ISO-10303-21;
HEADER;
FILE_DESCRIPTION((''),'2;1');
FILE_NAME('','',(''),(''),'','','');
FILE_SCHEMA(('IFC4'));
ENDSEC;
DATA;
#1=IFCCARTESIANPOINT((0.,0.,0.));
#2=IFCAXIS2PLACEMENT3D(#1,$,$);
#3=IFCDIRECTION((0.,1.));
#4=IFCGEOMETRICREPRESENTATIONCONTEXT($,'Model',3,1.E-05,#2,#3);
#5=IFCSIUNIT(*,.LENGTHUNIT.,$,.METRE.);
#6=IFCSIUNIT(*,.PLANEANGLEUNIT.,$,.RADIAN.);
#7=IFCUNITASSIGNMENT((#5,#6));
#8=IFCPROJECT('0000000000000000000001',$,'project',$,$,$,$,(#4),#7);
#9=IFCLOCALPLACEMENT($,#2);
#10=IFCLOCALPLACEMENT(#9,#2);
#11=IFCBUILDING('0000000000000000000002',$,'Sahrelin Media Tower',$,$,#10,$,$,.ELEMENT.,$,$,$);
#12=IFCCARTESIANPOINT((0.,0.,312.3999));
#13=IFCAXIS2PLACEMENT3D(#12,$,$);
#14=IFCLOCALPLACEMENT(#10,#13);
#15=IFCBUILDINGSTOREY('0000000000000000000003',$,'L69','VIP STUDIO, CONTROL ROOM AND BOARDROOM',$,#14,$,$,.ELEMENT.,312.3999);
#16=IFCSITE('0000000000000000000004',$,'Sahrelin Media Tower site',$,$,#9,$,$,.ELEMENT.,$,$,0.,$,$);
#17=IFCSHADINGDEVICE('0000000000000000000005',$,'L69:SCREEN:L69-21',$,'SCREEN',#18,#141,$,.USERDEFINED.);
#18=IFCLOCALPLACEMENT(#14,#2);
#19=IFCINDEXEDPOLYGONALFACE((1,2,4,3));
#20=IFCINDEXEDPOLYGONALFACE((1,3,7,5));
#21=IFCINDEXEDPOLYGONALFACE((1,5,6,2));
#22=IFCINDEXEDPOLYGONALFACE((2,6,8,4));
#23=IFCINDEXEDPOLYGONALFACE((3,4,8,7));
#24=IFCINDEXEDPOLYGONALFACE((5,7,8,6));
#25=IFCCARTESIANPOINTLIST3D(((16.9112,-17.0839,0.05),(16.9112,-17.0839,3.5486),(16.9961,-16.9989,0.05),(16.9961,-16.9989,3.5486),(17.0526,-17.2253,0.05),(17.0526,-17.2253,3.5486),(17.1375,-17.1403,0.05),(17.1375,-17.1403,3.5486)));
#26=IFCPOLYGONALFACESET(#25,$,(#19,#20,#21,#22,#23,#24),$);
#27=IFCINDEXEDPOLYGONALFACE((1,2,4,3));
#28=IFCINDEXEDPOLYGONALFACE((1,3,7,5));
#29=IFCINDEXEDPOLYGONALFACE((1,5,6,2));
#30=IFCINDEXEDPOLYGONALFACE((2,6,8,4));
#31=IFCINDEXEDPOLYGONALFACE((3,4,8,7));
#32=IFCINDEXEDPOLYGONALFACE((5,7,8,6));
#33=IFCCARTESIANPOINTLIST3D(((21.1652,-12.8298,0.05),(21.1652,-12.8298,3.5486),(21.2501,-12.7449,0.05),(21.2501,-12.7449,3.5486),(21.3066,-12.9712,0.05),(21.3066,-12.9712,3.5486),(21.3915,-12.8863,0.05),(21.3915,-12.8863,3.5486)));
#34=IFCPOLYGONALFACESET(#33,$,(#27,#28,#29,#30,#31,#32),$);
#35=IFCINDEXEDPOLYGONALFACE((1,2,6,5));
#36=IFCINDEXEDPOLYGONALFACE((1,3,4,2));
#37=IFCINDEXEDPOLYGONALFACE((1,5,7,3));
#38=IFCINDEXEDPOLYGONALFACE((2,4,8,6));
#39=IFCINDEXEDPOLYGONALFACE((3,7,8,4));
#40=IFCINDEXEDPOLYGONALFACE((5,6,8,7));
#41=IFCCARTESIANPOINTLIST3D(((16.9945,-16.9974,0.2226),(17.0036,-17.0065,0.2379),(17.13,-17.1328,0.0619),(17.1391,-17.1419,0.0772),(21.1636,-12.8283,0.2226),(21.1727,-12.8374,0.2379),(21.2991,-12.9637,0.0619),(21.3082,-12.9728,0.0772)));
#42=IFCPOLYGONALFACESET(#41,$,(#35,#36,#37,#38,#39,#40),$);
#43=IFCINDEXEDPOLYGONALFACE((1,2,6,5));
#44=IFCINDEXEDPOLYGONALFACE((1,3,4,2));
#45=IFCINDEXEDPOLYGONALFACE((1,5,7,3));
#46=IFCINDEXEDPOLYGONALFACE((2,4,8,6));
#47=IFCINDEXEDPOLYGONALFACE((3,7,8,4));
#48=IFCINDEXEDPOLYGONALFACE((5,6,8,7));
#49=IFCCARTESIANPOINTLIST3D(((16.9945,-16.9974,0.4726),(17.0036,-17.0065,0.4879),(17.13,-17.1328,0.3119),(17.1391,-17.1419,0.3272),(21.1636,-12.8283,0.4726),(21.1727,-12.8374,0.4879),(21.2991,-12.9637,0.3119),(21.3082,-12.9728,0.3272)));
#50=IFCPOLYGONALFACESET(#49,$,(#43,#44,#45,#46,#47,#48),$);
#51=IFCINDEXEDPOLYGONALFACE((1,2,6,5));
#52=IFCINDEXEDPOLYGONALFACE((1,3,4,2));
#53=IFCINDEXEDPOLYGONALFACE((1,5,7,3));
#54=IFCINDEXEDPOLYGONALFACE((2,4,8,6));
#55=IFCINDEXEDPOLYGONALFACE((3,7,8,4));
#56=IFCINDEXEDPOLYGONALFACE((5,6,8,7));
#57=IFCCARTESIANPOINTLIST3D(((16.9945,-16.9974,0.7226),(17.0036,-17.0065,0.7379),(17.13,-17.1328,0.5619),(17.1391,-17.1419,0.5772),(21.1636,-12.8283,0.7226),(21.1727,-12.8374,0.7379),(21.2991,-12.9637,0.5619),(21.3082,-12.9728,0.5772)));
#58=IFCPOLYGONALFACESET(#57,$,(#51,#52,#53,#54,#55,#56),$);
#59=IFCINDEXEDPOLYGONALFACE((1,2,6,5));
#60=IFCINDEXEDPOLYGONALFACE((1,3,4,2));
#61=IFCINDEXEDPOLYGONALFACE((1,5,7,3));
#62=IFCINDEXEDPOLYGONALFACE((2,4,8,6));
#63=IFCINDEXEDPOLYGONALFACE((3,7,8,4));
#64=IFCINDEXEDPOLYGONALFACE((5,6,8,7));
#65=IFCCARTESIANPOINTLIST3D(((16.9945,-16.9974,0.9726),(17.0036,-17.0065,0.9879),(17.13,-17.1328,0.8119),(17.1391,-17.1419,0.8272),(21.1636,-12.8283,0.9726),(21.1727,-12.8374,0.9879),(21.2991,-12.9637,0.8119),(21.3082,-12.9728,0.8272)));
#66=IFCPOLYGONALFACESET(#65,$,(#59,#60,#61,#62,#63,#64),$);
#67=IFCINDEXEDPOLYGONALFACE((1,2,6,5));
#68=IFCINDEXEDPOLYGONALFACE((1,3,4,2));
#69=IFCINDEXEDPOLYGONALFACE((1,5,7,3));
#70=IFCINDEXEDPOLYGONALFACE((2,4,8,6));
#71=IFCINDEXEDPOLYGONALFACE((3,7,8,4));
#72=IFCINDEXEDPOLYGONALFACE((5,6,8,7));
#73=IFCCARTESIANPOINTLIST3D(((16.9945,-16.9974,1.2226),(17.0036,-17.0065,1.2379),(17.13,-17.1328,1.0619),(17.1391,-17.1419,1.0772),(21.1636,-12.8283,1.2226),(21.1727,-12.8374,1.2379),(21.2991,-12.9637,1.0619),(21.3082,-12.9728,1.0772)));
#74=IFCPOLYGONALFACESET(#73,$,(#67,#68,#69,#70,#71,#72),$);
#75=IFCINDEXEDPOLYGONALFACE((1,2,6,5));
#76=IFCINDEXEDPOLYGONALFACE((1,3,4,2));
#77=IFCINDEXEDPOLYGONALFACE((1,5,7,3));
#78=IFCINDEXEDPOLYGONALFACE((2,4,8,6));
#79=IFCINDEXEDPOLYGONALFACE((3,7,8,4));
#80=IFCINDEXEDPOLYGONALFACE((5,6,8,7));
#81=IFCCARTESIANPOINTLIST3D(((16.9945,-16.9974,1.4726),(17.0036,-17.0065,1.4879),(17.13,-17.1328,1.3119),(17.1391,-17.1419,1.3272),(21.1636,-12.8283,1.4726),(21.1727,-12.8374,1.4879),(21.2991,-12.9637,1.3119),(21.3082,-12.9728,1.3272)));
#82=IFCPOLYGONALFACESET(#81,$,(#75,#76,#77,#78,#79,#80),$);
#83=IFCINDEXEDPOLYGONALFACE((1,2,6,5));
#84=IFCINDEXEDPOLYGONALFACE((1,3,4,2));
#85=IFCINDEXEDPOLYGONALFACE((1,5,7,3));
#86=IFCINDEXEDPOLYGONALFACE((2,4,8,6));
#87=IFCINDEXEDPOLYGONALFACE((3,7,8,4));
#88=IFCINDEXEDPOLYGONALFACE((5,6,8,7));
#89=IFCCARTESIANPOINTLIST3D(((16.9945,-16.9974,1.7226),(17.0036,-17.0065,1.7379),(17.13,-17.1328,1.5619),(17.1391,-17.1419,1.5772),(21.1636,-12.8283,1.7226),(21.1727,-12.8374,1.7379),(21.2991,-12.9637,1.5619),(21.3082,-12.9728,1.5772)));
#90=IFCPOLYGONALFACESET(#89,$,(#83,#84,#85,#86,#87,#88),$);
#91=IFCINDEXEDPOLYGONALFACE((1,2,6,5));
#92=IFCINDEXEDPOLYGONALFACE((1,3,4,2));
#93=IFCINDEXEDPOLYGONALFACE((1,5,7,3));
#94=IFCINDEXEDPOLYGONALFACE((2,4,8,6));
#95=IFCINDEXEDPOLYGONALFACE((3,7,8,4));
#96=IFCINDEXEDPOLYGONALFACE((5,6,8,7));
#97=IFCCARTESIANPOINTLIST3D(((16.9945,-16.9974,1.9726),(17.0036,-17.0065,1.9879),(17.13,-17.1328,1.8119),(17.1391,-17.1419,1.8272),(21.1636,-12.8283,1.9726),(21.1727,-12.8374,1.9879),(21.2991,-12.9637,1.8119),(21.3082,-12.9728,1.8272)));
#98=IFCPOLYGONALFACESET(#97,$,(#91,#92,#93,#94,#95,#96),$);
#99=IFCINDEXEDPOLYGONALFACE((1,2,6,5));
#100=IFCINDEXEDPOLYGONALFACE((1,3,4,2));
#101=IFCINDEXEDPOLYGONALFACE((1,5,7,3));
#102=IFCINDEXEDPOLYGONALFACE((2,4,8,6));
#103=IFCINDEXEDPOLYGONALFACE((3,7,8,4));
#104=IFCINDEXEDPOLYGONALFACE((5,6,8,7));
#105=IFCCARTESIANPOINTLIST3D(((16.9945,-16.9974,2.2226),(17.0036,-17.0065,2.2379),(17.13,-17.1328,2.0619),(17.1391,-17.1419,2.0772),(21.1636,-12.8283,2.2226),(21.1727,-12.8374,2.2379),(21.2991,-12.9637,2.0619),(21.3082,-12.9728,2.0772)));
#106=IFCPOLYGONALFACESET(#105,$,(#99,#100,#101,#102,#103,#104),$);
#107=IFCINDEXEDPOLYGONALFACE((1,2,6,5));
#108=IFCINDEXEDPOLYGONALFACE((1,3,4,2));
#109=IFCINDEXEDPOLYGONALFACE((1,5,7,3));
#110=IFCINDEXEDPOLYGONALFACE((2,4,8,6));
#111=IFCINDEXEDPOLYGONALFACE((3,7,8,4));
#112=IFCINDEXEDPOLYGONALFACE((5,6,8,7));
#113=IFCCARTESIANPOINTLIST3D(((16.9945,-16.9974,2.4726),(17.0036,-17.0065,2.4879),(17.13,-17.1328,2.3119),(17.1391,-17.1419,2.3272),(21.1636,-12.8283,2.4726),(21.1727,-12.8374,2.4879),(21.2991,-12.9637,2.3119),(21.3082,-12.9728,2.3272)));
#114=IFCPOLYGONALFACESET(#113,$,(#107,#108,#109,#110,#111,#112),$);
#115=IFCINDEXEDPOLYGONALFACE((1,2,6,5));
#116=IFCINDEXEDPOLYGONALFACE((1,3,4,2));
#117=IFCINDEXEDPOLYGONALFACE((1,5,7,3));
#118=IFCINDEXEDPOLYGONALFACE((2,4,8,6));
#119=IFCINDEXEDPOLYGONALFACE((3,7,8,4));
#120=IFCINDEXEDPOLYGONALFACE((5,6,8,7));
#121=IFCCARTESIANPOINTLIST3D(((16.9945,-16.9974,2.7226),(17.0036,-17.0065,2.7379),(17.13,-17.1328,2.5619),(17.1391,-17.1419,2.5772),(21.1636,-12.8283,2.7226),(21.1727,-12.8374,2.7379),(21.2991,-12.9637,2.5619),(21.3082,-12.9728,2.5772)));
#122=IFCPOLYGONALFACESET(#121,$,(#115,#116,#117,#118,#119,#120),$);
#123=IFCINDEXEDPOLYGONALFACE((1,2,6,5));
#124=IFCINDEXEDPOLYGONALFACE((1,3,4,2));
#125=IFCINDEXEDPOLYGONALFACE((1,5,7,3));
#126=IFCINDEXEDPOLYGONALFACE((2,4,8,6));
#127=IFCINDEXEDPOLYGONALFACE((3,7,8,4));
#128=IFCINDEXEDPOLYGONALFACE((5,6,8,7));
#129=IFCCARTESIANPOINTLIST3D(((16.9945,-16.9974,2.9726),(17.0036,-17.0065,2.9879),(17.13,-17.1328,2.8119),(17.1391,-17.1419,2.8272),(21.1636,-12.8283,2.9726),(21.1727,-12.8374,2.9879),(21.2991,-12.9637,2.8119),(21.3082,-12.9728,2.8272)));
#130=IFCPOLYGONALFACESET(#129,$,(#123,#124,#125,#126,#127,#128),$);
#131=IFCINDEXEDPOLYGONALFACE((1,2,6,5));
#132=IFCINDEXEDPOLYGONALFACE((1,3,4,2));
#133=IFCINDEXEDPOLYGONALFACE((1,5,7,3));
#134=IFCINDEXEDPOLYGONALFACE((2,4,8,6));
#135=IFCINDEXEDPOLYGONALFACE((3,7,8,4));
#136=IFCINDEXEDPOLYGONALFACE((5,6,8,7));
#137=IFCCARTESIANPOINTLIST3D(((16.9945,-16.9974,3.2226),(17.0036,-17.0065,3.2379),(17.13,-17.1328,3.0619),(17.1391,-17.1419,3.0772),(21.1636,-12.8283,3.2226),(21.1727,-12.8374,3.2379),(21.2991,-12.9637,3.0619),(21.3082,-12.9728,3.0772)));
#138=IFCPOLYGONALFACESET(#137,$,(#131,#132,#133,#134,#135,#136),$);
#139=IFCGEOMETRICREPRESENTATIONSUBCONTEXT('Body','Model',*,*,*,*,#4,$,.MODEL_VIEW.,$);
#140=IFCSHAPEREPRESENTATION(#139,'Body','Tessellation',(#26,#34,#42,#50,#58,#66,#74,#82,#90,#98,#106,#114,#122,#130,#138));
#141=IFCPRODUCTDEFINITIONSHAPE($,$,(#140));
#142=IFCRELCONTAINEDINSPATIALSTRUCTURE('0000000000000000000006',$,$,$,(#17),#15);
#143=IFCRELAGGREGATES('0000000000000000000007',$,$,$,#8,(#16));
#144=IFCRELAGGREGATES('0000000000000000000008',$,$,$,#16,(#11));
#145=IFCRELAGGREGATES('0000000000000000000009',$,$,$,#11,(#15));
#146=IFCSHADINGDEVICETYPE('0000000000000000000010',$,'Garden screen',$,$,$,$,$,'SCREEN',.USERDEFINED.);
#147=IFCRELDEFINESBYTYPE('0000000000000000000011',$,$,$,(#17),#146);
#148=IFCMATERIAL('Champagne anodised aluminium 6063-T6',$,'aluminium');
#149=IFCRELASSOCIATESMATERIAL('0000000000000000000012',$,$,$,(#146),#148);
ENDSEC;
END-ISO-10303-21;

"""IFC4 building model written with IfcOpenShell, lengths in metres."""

from ifc_helpers import new_model, si_unit, direction, frame, origin, origin_2d, place, context, subcontext, project, spatial, rectangle, extrude, material, type_object, element, save


model = new_model("IFC4")

# Units and contexts
model_context = context("Model", 3, precision=1e-05, world=origin(), true_north=direction((0.0, 1.0)))
body_context = subcontext(model_context, "Body", "Model", "MODEL_VIEW")
ifc_project = project(units=[si_unit("LENGTHUNIT", "METRE"), si_unit("PLANEANGLEUNIT", "RADIAN")], contexts=[model_context])

# Site, building, storey
site_placement = place(None, origin())
site = spatial("IfcSite", under=ifc_project, at=site_placement, Name="Sahrelin Media Tower site", CompositionType="ELEMENT", RefElevation=0.0)
building_placement = place(site_placement, origin())
building = spatial("IfcBuilding", under=site, at=building_placement, Name="Sahrelin Media Tower", CompositionType="ELEMENT")
storey_placement = place(building_placement, frame((0.0, 0.0, 312.3999)))
storey = spatial("IfcBuildingStorey", under=building, at=storey_placement, Name="L69", Description="VIP STUDIO, CONTROL ROOM AND BOARDROOM", CompositionType="ELEMENT", Elevation=312.3999)

# Shading device
ifc_material_1 = material(Name="Champagne anodised aluminium 6063-T6", Category="aluminium")
shading_device_type = type_object("IfcShadingDeviceType", Name="Garden screen", ElementType="SCREEN", PredefinedType="USERDEFINED", material=ifc_material_1)
shading_device_1_placement = place(storey_placement, frame((19.0806, -14.9143, 0.0), z_axis=(0.0, 0.0, 1.0), x_axis=(-0.707107, -0.707107, 0.0)))
element("IfcShadingDevice", 1, at=shading_device_1_placement, inside=storey, type_object=shading_device_type, Name="L69:SCREEN:L69-21", ObjectType="SCREEN", PredefinedType="USERDEFINED", context=body_context, shape_type="SweptSolid", body=[
    extrude(rectangle(XDim=0.1201, YDim=0.2, at=origin_2d()), frame((3.0081, 0.1001, 0.05), z_axis=(0.0, 0.0, 1.0), x_axis=(1.0, 0.0, 0.0)), (0.0, 0.0, 1.0), 3.4985),
    extrude(rectangle(XDim=0.1201, YDim=0.2, at=origin_2d()), frame((-3.0081, 0.1001, 0.05), z_axis=(0.0, 0.0, 1.0), x_axis=(1.0, 0.0, 0.0)), (0.0, 0.0, 1.0), 3.4985),
    extrude(rectangle(XDim=0.25, YDim=0.02, at=origin_2d()), frame((2.948, 0.1001, 0.1499), z_axis=(-1.0, 0.0, 0.0), x_axis=(0.0, -0.766044, 0.642788)), (0.0, 0.0, 1.0), 5.896),
    extrude(rectangle(XDim=0.25, YDim=0.02, at=origin_2d()), frame((2.948, 0.1001, 0.3999), z_axis=(-1.0, 0.0, 0.0), x_axis=(0.0, -0.766044, 0.642788)), (0.0, 0.0, 1.0), 5.896),
    extrude(rectangle(XDim=0.25, YDim=0.02, at=origin_2d()), frame((2.948, 0.1001, 0.6499), z_axis=(-1.0, 0.0, 0.0), x_axis=(0.0, -0.766044, 0.642788)), (0.0, 0.0, 1.0), 5.896),
    extrude(rectangle(XDim=0.25, YDim=0.02, at=origin_2d()), frame((2.948, 0.1001, 0.8999), z_axis=(-1.0, 0.0, 0.0), x_axis=(0.0, -0.766044, 0.642788)), (0.0, 0.0, 1.0), 5.896),
    extrude(rectangle(XDim=0.25, YDim=0.02, at=origin_2d()), frame((2.948, 0.1001, 1.1499), z_axis=(-1.0, 0.0, 0.0), x_axis=(0.0, -0.766044, 0.642788)), (0.0, 0.0, 1.0), 5.896),
    extrude(rectangle(XDim=0.25, YDim=0.02, at=origin_2d()), frame((2.948, 0.1001, 1.3999), z_axis=(-1.0, 0.0, 0.0), x_axis=(0.0, -0.766044, 0.642788)), (0.0, 0.0, 1.0), 5.896),
    extrude(rectangle(XDim=0.25, YDim=0.02, at=origin_2d()), frame((2.948, 0.1001, 1.6499), z_axis=(-1.0, 0.0, 0.0), x_axis=(0.0, -0.766044, 0.642788)), (0.0, 0.0, 1.0), 5.896),
    extrude(rectangle(XDim=0.25, YDim=0.02, at=origin_2d()), frame((2.948, 0.1001, 1.8999), z_axis=(-1.0, 0.0, 0.0), x_axis=(0.0, -0.766044, 0.642788)), (0.0, 0.0, 1.0), 5.896),
    extrude(rectangle(XDim=0.25, YDim=0.02, at=origin_2d()), frame((2.948, 0.1001, 2.1499), z_axis=(-1.0, 0.0, 0.0), x_axis=(0.0, -0.766044, 0.642788)), (0.0, 0.0, 1.0), 5.896),
    extrude(rectangle(XDim=0.25, YDim=0.02, at=origin_2d()), frame((2.948, 0.1001, 2.3999), z_axis=(-1.0, 0.0, 0.0), x_axis=(0.0, -0.766044, 0.642788)), (0.0, 0.0, 1.0), 5.896),
    extrude(rectangle(XDim=0.25, YDim=0.02, at=origin_2d()), frame((2.948, 0.1001, 2.6499), z_axis=(-1.0, 0.0, 0.0), x_axis=(0.0, -0.766044, 0.642788)), (0.0, 0.0, 1.0), 5.896),
    extrude(rectangle(XDim=0.25, YDim=0.02, at=origin_2d()), frame((2.948, 0.1001, 2.8999), z_axis=(-1.0, 0.0, 0.0), x_axis=(0.0, -0.766044, 0.642788)), (0.0, 0.0, 1.0), 5.896),
    extrude(rectangle(XDim=0.25, YDim=0.02, at=origin_2d()), frame((2.948, 0.1001, 3.1499), z_axis=(-1.0, 0.0, 0.0), x_axis=(0.0, -0.766044, 0.642788)), (0.0, 0.0, 1.0), 5.896),
])

save(model, "model.ifc")
